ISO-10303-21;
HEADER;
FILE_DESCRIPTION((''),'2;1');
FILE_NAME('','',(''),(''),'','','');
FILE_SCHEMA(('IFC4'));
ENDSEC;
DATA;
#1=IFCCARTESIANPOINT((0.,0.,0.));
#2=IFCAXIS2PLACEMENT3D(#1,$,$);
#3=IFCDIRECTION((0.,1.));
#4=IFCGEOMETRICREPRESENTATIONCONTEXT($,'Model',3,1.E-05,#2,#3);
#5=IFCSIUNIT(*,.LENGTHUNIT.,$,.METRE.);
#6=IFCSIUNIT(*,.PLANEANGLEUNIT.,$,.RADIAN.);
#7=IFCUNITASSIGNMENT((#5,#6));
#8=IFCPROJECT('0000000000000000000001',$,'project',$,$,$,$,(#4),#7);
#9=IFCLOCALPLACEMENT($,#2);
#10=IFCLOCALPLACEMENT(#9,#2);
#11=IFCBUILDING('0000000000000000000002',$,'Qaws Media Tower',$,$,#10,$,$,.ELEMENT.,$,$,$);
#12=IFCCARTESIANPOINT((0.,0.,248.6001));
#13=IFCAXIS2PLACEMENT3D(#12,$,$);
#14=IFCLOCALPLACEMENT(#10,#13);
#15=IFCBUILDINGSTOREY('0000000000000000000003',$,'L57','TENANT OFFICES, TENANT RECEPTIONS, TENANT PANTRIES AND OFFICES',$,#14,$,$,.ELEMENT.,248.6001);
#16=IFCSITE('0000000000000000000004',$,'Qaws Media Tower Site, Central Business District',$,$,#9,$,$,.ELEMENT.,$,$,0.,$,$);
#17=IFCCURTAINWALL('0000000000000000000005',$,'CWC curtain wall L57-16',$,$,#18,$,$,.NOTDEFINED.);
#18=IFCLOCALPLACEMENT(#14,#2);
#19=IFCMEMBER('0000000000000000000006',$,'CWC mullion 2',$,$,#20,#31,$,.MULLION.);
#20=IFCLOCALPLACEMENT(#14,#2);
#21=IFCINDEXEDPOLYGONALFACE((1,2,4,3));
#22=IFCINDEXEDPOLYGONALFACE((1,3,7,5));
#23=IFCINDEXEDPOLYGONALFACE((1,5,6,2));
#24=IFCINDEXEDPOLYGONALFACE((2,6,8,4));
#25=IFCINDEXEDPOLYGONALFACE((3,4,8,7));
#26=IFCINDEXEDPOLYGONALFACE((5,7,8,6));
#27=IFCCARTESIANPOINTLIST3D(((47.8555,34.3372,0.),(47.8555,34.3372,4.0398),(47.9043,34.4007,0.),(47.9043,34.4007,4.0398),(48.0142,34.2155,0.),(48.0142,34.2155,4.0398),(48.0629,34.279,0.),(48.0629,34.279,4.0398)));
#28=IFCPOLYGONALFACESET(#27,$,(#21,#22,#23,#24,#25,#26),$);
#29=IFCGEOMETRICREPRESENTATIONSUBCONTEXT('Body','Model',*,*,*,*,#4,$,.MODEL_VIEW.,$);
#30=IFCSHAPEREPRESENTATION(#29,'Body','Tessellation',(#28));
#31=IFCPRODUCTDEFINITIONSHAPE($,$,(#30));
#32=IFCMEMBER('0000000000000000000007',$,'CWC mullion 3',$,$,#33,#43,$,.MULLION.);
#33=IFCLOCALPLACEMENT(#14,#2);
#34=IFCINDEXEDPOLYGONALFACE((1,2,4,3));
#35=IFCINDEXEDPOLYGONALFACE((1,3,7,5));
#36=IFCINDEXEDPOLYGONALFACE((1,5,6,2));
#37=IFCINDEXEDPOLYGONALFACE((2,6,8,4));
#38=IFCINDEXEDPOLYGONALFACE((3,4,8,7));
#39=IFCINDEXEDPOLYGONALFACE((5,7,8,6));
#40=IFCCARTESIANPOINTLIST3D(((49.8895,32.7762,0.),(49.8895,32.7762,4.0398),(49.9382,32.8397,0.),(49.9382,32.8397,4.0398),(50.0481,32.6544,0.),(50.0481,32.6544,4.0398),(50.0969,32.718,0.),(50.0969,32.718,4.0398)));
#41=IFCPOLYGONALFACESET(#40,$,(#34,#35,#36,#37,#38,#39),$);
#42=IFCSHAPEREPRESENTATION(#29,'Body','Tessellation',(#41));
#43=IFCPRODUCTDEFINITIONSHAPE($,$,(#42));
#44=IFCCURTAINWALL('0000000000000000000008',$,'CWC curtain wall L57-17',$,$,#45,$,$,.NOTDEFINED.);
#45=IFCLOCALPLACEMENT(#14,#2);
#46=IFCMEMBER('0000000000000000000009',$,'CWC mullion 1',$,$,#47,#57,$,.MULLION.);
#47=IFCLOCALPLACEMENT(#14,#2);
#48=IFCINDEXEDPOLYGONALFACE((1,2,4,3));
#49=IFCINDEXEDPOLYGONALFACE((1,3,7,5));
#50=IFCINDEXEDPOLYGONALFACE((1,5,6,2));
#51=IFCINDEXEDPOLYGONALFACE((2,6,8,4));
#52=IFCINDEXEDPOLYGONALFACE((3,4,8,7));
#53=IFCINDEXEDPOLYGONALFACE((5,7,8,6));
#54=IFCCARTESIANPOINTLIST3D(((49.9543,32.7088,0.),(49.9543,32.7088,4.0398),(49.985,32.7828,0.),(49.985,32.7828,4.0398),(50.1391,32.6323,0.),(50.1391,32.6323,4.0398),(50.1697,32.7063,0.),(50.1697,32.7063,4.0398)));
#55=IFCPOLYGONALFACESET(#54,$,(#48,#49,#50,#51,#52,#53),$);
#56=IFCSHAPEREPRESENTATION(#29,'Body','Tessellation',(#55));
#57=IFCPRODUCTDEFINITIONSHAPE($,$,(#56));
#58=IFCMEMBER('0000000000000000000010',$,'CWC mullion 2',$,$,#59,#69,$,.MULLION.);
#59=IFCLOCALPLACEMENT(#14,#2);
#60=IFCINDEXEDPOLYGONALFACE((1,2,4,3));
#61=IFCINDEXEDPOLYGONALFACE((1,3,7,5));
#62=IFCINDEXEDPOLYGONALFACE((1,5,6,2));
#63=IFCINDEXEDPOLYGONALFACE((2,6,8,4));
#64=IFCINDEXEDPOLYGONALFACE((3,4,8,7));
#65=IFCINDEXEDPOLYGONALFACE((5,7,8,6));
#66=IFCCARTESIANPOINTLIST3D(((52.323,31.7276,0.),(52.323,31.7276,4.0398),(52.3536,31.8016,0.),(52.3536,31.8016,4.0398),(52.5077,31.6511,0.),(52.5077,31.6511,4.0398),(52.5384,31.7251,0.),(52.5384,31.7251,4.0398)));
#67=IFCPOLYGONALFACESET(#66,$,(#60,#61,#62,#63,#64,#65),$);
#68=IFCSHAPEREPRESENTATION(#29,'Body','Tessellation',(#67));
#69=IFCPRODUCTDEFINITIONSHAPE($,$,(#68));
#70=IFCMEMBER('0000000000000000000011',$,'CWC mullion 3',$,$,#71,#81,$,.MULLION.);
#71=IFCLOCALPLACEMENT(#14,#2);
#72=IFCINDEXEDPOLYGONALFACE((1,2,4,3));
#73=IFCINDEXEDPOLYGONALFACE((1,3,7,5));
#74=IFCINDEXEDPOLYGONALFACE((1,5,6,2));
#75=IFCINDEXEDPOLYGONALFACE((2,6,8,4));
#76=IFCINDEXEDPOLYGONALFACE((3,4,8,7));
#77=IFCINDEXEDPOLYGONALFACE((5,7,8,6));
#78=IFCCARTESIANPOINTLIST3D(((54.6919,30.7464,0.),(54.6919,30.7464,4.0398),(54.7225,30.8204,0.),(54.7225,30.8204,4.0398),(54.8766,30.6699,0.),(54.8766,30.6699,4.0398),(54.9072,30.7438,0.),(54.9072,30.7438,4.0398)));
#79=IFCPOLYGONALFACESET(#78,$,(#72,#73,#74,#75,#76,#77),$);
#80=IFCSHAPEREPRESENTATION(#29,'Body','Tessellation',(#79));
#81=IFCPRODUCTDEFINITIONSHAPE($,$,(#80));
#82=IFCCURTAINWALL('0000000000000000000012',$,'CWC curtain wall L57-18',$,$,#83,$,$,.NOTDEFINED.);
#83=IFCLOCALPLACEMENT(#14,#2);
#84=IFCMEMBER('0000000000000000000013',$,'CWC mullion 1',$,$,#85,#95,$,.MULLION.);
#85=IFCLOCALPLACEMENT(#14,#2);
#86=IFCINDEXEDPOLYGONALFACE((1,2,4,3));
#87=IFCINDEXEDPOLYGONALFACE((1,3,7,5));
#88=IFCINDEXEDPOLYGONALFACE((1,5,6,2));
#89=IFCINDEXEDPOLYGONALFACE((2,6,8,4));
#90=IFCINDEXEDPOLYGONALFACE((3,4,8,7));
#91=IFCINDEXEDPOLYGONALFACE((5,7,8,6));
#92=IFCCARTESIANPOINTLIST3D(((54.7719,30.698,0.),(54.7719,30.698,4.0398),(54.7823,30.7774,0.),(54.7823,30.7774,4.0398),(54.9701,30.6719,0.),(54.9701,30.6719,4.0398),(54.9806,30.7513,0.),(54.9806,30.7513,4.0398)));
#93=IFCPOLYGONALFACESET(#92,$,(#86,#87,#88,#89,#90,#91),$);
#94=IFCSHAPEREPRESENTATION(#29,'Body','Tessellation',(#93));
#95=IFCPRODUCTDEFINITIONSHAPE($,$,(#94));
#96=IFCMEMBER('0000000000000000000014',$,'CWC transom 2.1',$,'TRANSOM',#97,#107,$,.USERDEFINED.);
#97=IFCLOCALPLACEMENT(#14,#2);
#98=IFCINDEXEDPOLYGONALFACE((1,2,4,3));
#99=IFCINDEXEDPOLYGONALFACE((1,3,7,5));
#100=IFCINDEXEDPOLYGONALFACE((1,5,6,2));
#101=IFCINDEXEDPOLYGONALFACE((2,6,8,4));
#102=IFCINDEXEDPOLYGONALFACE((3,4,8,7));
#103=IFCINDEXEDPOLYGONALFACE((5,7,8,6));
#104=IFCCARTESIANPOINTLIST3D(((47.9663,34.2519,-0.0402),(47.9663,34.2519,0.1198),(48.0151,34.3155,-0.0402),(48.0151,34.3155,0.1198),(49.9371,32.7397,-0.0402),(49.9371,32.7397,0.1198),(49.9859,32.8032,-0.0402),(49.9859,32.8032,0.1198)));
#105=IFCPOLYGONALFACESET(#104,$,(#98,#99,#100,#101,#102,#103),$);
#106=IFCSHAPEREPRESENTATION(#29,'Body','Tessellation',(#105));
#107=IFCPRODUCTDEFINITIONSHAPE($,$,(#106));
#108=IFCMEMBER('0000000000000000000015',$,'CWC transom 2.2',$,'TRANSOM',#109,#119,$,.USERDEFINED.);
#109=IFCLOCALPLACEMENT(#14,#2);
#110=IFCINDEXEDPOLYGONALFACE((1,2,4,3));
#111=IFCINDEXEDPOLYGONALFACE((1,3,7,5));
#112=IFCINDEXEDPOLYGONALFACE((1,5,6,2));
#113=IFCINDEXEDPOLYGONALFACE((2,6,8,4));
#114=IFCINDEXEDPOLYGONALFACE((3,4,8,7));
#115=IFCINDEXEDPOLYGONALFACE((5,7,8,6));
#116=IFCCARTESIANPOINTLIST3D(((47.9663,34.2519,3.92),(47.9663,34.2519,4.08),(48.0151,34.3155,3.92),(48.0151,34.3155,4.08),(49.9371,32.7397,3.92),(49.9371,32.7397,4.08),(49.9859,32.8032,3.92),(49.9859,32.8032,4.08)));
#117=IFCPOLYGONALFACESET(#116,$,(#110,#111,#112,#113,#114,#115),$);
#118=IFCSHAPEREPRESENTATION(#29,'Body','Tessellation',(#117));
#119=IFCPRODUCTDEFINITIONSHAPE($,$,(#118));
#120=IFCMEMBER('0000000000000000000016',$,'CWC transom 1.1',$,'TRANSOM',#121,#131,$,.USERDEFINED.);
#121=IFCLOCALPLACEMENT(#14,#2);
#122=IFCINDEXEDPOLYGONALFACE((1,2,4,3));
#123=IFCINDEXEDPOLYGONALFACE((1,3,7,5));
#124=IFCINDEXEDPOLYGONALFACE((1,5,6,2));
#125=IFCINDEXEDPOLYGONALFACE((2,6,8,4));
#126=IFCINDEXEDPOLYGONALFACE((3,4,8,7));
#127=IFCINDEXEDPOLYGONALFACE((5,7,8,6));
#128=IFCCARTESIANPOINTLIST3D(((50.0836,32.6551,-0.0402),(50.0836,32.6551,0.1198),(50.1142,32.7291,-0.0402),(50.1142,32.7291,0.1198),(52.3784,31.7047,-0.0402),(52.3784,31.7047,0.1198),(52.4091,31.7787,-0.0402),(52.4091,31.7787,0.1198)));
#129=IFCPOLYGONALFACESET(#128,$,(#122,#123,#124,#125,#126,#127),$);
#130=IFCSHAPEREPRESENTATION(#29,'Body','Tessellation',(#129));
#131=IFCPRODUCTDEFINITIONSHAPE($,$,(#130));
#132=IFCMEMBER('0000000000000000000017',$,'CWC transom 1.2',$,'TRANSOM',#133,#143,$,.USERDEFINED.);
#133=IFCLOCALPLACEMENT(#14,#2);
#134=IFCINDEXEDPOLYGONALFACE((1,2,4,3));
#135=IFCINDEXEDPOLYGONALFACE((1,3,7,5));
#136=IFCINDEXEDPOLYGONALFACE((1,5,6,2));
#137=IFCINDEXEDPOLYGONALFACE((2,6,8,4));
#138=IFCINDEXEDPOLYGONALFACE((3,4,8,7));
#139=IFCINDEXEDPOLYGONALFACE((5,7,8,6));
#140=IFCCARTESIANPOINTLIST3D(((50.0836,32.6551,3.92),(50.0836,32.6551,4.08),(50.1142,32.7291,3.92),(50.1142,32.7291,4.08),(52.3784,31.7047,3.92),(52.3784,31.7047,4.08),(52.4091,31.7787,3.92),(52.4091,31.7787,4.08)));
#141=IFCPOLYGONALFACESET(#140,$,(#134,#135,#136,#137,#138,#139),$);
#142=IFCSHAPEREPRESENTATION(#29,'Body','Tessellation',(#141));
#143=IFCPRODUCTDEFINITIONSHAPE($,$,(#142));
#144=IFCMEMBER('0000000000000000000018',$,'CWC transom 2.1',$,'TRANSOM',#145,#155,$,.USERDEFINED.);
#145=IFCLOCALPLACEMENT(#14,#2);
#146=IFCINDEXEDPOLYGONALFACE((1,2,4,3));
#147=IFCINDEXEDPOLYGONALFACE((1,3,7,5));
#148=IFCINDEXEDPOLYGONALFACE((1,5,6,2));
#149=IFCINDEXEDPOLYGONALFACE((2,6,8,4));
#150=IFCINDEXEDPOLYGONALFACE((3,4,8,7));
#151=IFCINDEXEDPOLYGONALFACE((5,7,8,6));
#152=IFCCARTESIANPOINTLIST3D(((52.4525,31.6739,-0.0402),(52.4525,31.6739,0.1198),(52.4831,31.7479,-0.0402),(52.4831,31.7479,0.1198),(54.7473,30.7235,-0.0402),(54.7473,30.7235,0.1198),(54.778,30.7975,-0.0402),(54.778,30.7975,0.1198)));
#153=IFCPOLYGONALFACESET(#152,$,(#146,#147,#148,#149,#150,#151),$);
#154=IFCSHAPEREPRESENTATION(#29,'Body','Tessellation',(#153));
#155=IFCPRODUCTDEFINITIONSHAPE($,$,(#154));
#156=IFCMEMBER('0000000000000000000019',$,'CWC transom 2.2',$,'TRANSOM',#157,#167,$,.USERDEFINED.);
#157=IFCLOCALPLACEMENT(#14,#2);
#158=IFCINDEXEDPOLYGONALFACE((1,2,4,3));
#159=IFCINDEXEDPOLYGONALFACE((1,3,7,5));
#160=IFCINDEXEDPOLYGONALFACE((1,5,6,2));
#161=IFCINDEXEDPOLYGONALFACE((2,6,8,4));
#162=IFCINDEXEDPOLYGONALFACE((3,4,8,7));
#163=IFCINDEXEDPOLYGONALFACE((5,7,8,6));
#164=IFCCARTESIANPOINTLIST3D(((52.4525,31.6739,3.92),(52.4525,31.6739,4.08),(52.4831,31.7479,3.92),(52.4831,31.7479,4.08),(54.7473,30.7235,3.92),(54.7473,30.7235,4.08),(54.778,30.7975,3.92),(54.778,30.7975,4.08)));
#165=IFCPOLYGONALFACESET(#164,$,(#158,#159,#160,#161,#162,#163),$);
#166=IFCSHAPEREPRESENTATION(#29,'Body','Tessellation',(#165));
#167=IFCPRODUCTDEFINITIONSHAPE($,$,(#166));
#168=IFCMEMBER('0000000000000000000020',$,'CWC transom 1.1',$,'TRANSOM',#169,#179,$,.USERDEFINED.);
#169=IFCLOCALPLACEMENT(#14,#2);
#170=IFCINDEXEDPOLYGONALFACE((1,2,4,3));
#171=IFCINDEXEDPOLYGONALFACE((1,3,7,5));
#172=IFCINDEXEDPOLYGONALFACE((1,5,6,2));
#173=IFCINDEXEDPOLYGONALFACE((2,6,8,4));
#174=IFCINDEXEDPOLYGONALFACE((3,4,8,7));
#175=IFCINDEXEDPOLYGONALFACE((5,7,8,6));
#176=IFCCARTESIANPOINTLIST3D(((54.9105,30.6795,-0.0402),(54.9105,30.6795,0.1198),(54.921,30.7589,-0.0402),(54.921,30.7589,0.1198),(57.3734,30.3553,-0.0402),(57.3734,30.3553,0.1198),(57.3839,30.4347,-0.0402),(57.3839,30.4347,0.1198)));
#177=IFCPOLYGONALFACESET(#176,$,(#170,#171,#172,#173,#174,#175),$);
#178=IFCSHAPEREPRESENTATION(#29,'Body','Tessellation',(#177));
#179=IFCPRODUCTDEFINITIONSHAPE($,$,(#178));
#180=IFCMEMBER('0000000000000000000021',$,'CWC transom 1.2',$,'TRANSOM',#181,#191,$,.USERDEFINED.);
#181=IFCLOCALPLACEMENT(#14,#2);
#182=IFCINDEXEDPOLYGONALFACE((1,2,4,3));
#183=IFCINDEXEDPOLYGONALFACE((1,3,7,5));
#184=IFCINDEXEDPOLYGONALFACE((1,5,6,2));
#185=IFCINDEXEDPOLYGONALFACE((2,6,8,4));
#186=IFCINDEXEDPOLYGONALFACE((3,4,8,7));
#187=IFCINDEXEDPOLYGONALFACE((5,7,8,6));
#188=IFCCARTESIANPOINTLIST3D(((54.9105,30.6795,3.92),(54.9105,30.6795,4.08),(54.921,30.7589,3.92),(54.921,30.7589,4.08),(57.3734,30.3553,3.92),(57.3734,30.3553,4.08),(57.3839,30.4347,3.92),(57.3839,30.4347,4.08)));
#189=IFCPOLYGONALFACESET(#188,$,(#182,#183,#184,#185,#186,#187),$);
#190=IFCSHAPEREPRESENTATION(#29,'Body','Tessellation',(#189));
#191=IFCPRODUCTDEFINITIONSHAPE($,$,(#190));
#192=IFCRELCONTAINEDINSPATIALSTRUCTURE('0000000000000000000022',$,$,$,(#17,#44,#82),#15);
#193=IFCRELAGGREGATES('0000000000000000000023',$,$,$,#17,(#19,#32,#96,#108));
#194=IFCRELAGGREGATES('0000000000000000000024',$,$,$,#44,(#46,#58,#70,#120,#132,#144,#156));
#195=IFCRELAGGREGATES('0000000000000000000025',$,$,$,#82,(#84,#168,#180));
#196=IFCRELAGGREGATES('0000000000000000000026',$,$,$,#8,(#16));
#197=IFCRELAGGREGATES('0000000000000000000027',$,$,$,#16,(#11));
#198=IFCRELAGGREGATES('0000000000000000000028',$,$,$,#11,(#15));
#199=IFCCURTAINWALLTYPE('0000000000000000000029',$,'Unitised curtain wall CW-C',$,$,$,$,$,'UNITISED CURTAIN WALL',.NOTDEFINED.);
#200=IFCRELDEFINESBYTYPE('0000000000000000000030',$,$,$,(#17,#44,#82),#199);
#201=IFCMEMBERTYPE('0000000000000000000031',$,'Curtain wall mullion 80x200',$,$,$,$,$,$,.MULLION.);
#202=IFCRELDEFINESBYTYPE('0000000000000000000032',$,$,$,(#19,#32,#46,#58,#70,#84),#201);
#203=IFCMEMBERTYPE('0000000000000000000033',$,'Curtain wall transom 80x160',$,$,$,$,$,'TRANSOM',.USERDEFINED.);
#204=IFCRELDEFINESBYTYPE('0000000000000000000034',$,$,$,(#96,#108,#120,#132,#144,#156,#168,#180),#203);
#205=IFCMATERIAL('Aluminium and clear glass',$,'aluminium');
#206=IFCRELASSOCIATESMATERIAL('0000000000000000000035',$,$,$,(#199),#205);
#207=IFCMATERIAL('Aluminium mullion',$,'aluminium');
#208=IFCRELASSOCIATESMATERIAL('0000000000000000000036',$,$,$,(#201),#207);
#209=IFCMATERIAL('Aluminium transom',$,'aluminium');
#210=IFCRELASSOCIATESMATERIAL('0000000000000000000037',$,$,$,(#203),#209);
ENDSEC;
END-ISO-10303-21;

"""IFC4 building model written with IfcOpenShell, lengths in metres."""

from ifc_helpers import new_model, si_unit, direction, frame, origin, origin_2d, place, context, subcontext, project, spatial, rectangle, extrude, material, material_profile, profile_set, type_object, element, aggregate, save


model = new_model("IFC4")

# Units and contexts
model_context = context("Model", 3, precision=1e-05, world=origin(), true_north=direction((0.0, 1.0)))
body_context = subcontext(model_context, "Body", "Model", "MODEL_VIEW")
ifc_project = project(units=[si_unit("LENGTHUNIT", "METRE"), si_unit("PLANEANGLEUNIT", "RADIAN")], contexts=[model_context])

# Site, building, storey
site_placement = place(None, origin())
site = spatial("IfcSite", under=ifc_project, at=site_placement, Name="Qaws Media Tower Site, Central Business District", CompositionType="ELEMENT", RefElevation=0.0)
building_placement = place(site_placement, origin())
building = spatial("IfcBuilding", under=site, at=building_placement, Name="Qaws Media Tower", CompositionType="ELEMENT")
storey_placement = place(building_placement, frame((0.0, 0.0, 248.6001)))
storey = spatial("IfcBuildingStorey", under=building, at=storey_placement, Name="L57", Description="TENANT OFFICES, TENANT RECEPTIONS, TENANT PANTRIES AND OFFICES", CompositionType="ELEMENT", Elevation=248.6001)

# Curtain walls, members
ifc_material_1 = material(Name="Aluminium and clear glass", Category="aluminium")
curtain_wall_type = type_object("IfcCurtainWallType", Name="Unitised curtain wall CW-C", ElementType="UNITISED CURTAIN WALL", PredefinedType="NOTDEFINED", material=ifc_material_1)
curtain_wall_1_placement = place(storey_placement, origin())
curtain_wall_1 = element("IfcCurtainWall", 1, at=curtain_wall_1_placement, inside=storey, type_object=curtain_wall_type, Name="CWC curtain wall L57-16", PredefinedType="NOTDEFINED")
ifc_material_2 = material(Name="Aluminium mullion", Category="aluminium")
ifc_material_profile_1 = material_profile(ifc_material_2, rectangle(XDim=0.0801, YDim=0.2, at=origin_2d()), Name="80x200")
ifc_profile_set_1 = profile_set([ifc_material_profile_1], Name="Aluminium mullion")
member_type_1 = type_object("IfcMemberType", Name="Curtain wall mullion 80x200", PredefinedType="MULLION", material=ifc_profile_set_1)
member_1_placement = place(storey_placement, frame((47.9592, 34.3081, 0.0), z_axis=(0.0, 0.0, 1.0), x_axis=(0.608762, 0.793353, 0.0)))
member_1 = element("IfcMember", 2, at=member_1_placement, type_object=member_type_1, Name="CWC mullion 2", PredefinedType="MULLION", context=body_context, shape_type="SweptSolid", body=[
    extrude(rectangle(XDim=0.0801, YDim=0.2, at=origin_2d()), origin(), (0.0, 0.0, 1.0), 4.0398),
])
member_2_placement = place(storey_placement, frame((49.9932, 32.7471, 0.0), z_axis=(0.0, 0.0, 1.0), x_axis=(0.608762, 0.793353, 0.0)))
member_2 = element("IfcMember", 3, at=member_2_placement, type_object=member_type_1, Name="CWC mullion 3", PredefinedType="MULLION", context=body_context, shape_type="SweptSolid", body=[
    extrude(rectangle(XDim=0.0801, YDim=0.2, at=origin_2d()), origin(), (0.0, 0.0, 1.0), 4.0398),
])
curtain_wall_2_placement = place(storey_placement, origin())
curtain_wall_2 = element("IfcCurtainWall", 4, at=curtain_wall_2_placement, inside=storey, type_object=curtain_wall_type, Name="CWC curtain wall L57-17", PredefinedType="NOTDEFINED")
member_3_placement = place(storey_placement, frame((50.062, 32.7075, 0.0), z_axis=(0.0, 0.0, 1.0), x_axis=(0.382683, 0.92388, 0.0)))
member_3 = element("IfcMember", 5, at=member_3_placement, type_object=member_type_1, Name="CWC mullion 1", PredefinedType="MULLION", context=body_context, shape_type="SweptSolid", body=[
    extrude(rectangle(XDim=0.0801, YDim=0.2, at=origin_2d()), origin(), (0.0, 0.0, 1.0), 4.0398),
])
member_4_placement = place(storey_placement, frame((52.4307, 31.7263, 0.0), z_axis=(0.0, 0.0, 1.0), x_axis=(0.382683, 0.92388, 0.0)))
member_4 = element("IfcMember", 6, at=member_4_placement, type_object=member_type_1, Name="CWC mullion 2", PredefinedType="MULLION", context=body_context, shape_type="SweptSolid", body=[
    extrude(rectangle(XDim=0.0801, YDim=0.2, at=origin_2d()), origin(), (0.0, 0.0, 1.0), 4.0398),
])
member_5_placement = place(storey_placement, frame((54.7996, 30.7451, 0.0), z_axis=(0.0, 0.0, 1.0), x_axis=(0.382683, 0.92388, 0.0)))
member_5 = element("IfcMember", 7, at=member_5_placement, type_object=member_type_1, Name="CWC mullion 3", PredefinedType="MULLION", context=body_context, shape_type="SweptSolid", body=[
    extrude(rectangle(XDim=0.0801, YDim=0.2, at=origin_2d()), origin(), (0.0, 0.0, 1.0), 4.0398),
])

# Curtain wall, member
curtain_wall_3_placement = place(storey_placement, origin())
curtain_wall_3 = element("IfcCurtainWall", 8, at=curtain_wall_3_placement, inside=storey, type_object=curtain_wall_type, Name="CWC curtain wall L57-18", PredefinedType="NOTDEFINED")
member_6_placement = place(storey_placement, frame((54.8762, 30.7246, 0.0), z_axis=(0.0, 0.0, 1.0), x_axis=(0.130526, 0.991445, 0.0)))
member_6 = element("IfcMember", 9, at=member_6_placement, type_object=member_type_1, Name="CWC mullion 1", PredefinedType="MULLION", context=body_context, shape_type="SweptSolid", body=[
    extrude(rectangle(XDim=0.0801, YDim=0.2, at=origin_2d()), origin(), (0.0, 0.0, 1.0), 4.0398),
])

# Members
ifc_material_3 = material(Name="Aluminium transom", Category="aluminium")
ifc_material_profile_2 = material_profile(ifc_material_3, rectangle(XDim=0.0801, YDim=0.1599, at=origin_2d()), Name="80x160")
ifc_profile_set_2 = profile_set([ifc_material_profile_2], Name="Aluminium transom")
member_type_2 = type_object("IfcMemberType", Name="Curtain wall transom 80x160", ElementType="TRANSOM", PredefinedType="USERDEFINED", material=ifc_profile_set_2)
member_7_placement = place(storey_placement, frame((47.9907, 34.2837, 0.0398), z_axis=(0.793347, -0.60877, 0.0), x_axis=(0.60877, 0.793347, 0.0)))
member_7 = element("IfcMember", 10, at=member_7_placement, type_object=member_type_2, Name="CWC transom 2.1", ObjectType="TRANSOM", PredefinedType="USERDEFINED", context=body_context, shape_type="SweptSolid", body=[
    extrude(rectangle(XDim=0.0801, YDim=0.1599, at=origin_2d()), origin(), (0.0, 0.0, 1.0), 2.4841),
])
member_8_placement = place(storey_placement, frame((47.9907, 34.2837, 4.0), z_axis=(0.793347, -0.60877, 0.0), x_axis=(0.60877, 0.793347, 0.0)))
member_8 = element("IfcMember", 11, at=member_8_placement, type_object=member_type_2, Name="CWC transom 2.2", ObjectType="TRANSOM", PredefinedType="USERDEFINED", context=body_context, shape_type="SweptSolid", body=[
    extrude(rectangle(XDim=0.0801, YDim=0.1599, at=origin_2d()), origin(), (0.0, 0.0, 1.0), 2.4841),
])
member_9_placement = place(storey_placement, frame((50.0989, 32.6921, 0.0398), z_axis=(0.923901, -0.382632, 0.0), x_axis=(0.382632, 0.923901, 0.0)))
member_9 = element("IfcMember", 12, at=member_9_placement, type_object=member_type_2, Name="CWC transom 1.1", ObjectType="TRANSOM", PredefinedType="USERDEFINED", context=body_context, shape_type="SweptSolid", body=[
    extrude(rectangle(XDim=0.0801, YDim=0.1599, at=origin_2d()), origin(), (0.0, 0.0, 1.0), 2.4839),
])
member_10_placement = place(storey_placement, frame((50.0989, 32.6921, 4.0), z_axis=(0.923901, -0.382632, 0.0), x_axis=(0.382632, 0.923901, 0.0)))
member_10 = element("IfcMember", 13, at=member_10_placement, type_object=member_type_2, Name="CWC transom 1.2", ObjectType="TRANSOM", PredefinedType="USERDEFINED", context=body_context, shape_type="SweptSolid", body=[
    extrude(rectangle(XDim=0.0801, YDim=0.1599, at=origin_2d()), origin(), (0.0, 0.0, 1.0), 2.4839),
])
member_11_placement = place(storey_placement, frame((52.4678, 31.7109, 0.0398), z_axis=(0.923901, -0.382632, 0.0), x_axis=(0.382632, 0.923901, 0.0)))
member_11 = element("IfcMember", 14, at=member_11_placement, type_object=member_type_2, Name="CWC transom 2.1", ObjectType="TRANSOM", PredefinedType="USERDEFINED", context=body_context, shape_type="SweptSolid", body=[
    extrude(rectangle(XDim=0.0801, YDim=0.1599, at=origin_2d()), origin(), (0.0, 0.0, 1.0), 2.4839),
])
member_12_placement = place(storey_placement, frame((52.4678, 31.7109, 4.0), z_axis=(0.923901, -0.382632, 0.0), x_axis=(0.382632, 0.923901, 0.0)))
member_12 = element("IfcMember", 15, at=member_12_placement, type_object=member_type_2, Name="CWC transom 2.2", ObjectType="TRANSOM", PredefinedType="USERDEFINED", context=body_context, shape_type="SweptSolid", body=[
    extrude(rectangle(XDim=0.0801, YDim=0.1599, at=origin_2d()), origin(), (0.0, 0.0, 1.0), 2.4839),
])
member_13_placement = place(storey_placement, frame((54.9158, 30.7192, 0.0398), z_axis=(0.991446, -0.130516, 0.0), x_axis=(0.130516, 0.991446, 0.0)))
member_13 = element("IfcMember", 16, at=member_13_placement, type_object=member_type_2, Name="CWC transom 1.1", ObjectType="TRANSOM", PredefinedType="USERDEFINED", context=body_context, shape_type="SweptSolid", body=[
    extrude(rectangle(XDim=0.0801, YDim=0.1599, at=origin_2d()), origin(), (0.0, 0.0, 1.0), 2.4841),
])
member_14_placement = place(storey_placement, frame((54.9158, 30.7192, 4.0), z_axis=(0.991446, -0.130516, 0.0), x_axis=(0.130516, 0.991446, 0.0)))
member_14 = element("IfcMember", 17, at=member_14_placement, type_object=member_type_2, Name="CWC transom 1.2", ObjectType="TRANSOM", PredefinedType="USERDEFINED", context=body_context, shape_type="SweptSolid", body=[
    extrude(rectangle(XDim=0.0801, YDim=0.1599, at=origin_2d()), origin(), (0.0, 0.0, 1.0), 2.4841),
])

aggregate(curtain_wall_1, [member_1, member_2, member_7, member_8])
aggregate(curtain_wall_2, [member_3, member_4, member_5, member_9, member_10, member_11, member_12])
aggregate(curtain_wall_3, [member_6, member_13, member_14])

save(model, "model.ifc")
